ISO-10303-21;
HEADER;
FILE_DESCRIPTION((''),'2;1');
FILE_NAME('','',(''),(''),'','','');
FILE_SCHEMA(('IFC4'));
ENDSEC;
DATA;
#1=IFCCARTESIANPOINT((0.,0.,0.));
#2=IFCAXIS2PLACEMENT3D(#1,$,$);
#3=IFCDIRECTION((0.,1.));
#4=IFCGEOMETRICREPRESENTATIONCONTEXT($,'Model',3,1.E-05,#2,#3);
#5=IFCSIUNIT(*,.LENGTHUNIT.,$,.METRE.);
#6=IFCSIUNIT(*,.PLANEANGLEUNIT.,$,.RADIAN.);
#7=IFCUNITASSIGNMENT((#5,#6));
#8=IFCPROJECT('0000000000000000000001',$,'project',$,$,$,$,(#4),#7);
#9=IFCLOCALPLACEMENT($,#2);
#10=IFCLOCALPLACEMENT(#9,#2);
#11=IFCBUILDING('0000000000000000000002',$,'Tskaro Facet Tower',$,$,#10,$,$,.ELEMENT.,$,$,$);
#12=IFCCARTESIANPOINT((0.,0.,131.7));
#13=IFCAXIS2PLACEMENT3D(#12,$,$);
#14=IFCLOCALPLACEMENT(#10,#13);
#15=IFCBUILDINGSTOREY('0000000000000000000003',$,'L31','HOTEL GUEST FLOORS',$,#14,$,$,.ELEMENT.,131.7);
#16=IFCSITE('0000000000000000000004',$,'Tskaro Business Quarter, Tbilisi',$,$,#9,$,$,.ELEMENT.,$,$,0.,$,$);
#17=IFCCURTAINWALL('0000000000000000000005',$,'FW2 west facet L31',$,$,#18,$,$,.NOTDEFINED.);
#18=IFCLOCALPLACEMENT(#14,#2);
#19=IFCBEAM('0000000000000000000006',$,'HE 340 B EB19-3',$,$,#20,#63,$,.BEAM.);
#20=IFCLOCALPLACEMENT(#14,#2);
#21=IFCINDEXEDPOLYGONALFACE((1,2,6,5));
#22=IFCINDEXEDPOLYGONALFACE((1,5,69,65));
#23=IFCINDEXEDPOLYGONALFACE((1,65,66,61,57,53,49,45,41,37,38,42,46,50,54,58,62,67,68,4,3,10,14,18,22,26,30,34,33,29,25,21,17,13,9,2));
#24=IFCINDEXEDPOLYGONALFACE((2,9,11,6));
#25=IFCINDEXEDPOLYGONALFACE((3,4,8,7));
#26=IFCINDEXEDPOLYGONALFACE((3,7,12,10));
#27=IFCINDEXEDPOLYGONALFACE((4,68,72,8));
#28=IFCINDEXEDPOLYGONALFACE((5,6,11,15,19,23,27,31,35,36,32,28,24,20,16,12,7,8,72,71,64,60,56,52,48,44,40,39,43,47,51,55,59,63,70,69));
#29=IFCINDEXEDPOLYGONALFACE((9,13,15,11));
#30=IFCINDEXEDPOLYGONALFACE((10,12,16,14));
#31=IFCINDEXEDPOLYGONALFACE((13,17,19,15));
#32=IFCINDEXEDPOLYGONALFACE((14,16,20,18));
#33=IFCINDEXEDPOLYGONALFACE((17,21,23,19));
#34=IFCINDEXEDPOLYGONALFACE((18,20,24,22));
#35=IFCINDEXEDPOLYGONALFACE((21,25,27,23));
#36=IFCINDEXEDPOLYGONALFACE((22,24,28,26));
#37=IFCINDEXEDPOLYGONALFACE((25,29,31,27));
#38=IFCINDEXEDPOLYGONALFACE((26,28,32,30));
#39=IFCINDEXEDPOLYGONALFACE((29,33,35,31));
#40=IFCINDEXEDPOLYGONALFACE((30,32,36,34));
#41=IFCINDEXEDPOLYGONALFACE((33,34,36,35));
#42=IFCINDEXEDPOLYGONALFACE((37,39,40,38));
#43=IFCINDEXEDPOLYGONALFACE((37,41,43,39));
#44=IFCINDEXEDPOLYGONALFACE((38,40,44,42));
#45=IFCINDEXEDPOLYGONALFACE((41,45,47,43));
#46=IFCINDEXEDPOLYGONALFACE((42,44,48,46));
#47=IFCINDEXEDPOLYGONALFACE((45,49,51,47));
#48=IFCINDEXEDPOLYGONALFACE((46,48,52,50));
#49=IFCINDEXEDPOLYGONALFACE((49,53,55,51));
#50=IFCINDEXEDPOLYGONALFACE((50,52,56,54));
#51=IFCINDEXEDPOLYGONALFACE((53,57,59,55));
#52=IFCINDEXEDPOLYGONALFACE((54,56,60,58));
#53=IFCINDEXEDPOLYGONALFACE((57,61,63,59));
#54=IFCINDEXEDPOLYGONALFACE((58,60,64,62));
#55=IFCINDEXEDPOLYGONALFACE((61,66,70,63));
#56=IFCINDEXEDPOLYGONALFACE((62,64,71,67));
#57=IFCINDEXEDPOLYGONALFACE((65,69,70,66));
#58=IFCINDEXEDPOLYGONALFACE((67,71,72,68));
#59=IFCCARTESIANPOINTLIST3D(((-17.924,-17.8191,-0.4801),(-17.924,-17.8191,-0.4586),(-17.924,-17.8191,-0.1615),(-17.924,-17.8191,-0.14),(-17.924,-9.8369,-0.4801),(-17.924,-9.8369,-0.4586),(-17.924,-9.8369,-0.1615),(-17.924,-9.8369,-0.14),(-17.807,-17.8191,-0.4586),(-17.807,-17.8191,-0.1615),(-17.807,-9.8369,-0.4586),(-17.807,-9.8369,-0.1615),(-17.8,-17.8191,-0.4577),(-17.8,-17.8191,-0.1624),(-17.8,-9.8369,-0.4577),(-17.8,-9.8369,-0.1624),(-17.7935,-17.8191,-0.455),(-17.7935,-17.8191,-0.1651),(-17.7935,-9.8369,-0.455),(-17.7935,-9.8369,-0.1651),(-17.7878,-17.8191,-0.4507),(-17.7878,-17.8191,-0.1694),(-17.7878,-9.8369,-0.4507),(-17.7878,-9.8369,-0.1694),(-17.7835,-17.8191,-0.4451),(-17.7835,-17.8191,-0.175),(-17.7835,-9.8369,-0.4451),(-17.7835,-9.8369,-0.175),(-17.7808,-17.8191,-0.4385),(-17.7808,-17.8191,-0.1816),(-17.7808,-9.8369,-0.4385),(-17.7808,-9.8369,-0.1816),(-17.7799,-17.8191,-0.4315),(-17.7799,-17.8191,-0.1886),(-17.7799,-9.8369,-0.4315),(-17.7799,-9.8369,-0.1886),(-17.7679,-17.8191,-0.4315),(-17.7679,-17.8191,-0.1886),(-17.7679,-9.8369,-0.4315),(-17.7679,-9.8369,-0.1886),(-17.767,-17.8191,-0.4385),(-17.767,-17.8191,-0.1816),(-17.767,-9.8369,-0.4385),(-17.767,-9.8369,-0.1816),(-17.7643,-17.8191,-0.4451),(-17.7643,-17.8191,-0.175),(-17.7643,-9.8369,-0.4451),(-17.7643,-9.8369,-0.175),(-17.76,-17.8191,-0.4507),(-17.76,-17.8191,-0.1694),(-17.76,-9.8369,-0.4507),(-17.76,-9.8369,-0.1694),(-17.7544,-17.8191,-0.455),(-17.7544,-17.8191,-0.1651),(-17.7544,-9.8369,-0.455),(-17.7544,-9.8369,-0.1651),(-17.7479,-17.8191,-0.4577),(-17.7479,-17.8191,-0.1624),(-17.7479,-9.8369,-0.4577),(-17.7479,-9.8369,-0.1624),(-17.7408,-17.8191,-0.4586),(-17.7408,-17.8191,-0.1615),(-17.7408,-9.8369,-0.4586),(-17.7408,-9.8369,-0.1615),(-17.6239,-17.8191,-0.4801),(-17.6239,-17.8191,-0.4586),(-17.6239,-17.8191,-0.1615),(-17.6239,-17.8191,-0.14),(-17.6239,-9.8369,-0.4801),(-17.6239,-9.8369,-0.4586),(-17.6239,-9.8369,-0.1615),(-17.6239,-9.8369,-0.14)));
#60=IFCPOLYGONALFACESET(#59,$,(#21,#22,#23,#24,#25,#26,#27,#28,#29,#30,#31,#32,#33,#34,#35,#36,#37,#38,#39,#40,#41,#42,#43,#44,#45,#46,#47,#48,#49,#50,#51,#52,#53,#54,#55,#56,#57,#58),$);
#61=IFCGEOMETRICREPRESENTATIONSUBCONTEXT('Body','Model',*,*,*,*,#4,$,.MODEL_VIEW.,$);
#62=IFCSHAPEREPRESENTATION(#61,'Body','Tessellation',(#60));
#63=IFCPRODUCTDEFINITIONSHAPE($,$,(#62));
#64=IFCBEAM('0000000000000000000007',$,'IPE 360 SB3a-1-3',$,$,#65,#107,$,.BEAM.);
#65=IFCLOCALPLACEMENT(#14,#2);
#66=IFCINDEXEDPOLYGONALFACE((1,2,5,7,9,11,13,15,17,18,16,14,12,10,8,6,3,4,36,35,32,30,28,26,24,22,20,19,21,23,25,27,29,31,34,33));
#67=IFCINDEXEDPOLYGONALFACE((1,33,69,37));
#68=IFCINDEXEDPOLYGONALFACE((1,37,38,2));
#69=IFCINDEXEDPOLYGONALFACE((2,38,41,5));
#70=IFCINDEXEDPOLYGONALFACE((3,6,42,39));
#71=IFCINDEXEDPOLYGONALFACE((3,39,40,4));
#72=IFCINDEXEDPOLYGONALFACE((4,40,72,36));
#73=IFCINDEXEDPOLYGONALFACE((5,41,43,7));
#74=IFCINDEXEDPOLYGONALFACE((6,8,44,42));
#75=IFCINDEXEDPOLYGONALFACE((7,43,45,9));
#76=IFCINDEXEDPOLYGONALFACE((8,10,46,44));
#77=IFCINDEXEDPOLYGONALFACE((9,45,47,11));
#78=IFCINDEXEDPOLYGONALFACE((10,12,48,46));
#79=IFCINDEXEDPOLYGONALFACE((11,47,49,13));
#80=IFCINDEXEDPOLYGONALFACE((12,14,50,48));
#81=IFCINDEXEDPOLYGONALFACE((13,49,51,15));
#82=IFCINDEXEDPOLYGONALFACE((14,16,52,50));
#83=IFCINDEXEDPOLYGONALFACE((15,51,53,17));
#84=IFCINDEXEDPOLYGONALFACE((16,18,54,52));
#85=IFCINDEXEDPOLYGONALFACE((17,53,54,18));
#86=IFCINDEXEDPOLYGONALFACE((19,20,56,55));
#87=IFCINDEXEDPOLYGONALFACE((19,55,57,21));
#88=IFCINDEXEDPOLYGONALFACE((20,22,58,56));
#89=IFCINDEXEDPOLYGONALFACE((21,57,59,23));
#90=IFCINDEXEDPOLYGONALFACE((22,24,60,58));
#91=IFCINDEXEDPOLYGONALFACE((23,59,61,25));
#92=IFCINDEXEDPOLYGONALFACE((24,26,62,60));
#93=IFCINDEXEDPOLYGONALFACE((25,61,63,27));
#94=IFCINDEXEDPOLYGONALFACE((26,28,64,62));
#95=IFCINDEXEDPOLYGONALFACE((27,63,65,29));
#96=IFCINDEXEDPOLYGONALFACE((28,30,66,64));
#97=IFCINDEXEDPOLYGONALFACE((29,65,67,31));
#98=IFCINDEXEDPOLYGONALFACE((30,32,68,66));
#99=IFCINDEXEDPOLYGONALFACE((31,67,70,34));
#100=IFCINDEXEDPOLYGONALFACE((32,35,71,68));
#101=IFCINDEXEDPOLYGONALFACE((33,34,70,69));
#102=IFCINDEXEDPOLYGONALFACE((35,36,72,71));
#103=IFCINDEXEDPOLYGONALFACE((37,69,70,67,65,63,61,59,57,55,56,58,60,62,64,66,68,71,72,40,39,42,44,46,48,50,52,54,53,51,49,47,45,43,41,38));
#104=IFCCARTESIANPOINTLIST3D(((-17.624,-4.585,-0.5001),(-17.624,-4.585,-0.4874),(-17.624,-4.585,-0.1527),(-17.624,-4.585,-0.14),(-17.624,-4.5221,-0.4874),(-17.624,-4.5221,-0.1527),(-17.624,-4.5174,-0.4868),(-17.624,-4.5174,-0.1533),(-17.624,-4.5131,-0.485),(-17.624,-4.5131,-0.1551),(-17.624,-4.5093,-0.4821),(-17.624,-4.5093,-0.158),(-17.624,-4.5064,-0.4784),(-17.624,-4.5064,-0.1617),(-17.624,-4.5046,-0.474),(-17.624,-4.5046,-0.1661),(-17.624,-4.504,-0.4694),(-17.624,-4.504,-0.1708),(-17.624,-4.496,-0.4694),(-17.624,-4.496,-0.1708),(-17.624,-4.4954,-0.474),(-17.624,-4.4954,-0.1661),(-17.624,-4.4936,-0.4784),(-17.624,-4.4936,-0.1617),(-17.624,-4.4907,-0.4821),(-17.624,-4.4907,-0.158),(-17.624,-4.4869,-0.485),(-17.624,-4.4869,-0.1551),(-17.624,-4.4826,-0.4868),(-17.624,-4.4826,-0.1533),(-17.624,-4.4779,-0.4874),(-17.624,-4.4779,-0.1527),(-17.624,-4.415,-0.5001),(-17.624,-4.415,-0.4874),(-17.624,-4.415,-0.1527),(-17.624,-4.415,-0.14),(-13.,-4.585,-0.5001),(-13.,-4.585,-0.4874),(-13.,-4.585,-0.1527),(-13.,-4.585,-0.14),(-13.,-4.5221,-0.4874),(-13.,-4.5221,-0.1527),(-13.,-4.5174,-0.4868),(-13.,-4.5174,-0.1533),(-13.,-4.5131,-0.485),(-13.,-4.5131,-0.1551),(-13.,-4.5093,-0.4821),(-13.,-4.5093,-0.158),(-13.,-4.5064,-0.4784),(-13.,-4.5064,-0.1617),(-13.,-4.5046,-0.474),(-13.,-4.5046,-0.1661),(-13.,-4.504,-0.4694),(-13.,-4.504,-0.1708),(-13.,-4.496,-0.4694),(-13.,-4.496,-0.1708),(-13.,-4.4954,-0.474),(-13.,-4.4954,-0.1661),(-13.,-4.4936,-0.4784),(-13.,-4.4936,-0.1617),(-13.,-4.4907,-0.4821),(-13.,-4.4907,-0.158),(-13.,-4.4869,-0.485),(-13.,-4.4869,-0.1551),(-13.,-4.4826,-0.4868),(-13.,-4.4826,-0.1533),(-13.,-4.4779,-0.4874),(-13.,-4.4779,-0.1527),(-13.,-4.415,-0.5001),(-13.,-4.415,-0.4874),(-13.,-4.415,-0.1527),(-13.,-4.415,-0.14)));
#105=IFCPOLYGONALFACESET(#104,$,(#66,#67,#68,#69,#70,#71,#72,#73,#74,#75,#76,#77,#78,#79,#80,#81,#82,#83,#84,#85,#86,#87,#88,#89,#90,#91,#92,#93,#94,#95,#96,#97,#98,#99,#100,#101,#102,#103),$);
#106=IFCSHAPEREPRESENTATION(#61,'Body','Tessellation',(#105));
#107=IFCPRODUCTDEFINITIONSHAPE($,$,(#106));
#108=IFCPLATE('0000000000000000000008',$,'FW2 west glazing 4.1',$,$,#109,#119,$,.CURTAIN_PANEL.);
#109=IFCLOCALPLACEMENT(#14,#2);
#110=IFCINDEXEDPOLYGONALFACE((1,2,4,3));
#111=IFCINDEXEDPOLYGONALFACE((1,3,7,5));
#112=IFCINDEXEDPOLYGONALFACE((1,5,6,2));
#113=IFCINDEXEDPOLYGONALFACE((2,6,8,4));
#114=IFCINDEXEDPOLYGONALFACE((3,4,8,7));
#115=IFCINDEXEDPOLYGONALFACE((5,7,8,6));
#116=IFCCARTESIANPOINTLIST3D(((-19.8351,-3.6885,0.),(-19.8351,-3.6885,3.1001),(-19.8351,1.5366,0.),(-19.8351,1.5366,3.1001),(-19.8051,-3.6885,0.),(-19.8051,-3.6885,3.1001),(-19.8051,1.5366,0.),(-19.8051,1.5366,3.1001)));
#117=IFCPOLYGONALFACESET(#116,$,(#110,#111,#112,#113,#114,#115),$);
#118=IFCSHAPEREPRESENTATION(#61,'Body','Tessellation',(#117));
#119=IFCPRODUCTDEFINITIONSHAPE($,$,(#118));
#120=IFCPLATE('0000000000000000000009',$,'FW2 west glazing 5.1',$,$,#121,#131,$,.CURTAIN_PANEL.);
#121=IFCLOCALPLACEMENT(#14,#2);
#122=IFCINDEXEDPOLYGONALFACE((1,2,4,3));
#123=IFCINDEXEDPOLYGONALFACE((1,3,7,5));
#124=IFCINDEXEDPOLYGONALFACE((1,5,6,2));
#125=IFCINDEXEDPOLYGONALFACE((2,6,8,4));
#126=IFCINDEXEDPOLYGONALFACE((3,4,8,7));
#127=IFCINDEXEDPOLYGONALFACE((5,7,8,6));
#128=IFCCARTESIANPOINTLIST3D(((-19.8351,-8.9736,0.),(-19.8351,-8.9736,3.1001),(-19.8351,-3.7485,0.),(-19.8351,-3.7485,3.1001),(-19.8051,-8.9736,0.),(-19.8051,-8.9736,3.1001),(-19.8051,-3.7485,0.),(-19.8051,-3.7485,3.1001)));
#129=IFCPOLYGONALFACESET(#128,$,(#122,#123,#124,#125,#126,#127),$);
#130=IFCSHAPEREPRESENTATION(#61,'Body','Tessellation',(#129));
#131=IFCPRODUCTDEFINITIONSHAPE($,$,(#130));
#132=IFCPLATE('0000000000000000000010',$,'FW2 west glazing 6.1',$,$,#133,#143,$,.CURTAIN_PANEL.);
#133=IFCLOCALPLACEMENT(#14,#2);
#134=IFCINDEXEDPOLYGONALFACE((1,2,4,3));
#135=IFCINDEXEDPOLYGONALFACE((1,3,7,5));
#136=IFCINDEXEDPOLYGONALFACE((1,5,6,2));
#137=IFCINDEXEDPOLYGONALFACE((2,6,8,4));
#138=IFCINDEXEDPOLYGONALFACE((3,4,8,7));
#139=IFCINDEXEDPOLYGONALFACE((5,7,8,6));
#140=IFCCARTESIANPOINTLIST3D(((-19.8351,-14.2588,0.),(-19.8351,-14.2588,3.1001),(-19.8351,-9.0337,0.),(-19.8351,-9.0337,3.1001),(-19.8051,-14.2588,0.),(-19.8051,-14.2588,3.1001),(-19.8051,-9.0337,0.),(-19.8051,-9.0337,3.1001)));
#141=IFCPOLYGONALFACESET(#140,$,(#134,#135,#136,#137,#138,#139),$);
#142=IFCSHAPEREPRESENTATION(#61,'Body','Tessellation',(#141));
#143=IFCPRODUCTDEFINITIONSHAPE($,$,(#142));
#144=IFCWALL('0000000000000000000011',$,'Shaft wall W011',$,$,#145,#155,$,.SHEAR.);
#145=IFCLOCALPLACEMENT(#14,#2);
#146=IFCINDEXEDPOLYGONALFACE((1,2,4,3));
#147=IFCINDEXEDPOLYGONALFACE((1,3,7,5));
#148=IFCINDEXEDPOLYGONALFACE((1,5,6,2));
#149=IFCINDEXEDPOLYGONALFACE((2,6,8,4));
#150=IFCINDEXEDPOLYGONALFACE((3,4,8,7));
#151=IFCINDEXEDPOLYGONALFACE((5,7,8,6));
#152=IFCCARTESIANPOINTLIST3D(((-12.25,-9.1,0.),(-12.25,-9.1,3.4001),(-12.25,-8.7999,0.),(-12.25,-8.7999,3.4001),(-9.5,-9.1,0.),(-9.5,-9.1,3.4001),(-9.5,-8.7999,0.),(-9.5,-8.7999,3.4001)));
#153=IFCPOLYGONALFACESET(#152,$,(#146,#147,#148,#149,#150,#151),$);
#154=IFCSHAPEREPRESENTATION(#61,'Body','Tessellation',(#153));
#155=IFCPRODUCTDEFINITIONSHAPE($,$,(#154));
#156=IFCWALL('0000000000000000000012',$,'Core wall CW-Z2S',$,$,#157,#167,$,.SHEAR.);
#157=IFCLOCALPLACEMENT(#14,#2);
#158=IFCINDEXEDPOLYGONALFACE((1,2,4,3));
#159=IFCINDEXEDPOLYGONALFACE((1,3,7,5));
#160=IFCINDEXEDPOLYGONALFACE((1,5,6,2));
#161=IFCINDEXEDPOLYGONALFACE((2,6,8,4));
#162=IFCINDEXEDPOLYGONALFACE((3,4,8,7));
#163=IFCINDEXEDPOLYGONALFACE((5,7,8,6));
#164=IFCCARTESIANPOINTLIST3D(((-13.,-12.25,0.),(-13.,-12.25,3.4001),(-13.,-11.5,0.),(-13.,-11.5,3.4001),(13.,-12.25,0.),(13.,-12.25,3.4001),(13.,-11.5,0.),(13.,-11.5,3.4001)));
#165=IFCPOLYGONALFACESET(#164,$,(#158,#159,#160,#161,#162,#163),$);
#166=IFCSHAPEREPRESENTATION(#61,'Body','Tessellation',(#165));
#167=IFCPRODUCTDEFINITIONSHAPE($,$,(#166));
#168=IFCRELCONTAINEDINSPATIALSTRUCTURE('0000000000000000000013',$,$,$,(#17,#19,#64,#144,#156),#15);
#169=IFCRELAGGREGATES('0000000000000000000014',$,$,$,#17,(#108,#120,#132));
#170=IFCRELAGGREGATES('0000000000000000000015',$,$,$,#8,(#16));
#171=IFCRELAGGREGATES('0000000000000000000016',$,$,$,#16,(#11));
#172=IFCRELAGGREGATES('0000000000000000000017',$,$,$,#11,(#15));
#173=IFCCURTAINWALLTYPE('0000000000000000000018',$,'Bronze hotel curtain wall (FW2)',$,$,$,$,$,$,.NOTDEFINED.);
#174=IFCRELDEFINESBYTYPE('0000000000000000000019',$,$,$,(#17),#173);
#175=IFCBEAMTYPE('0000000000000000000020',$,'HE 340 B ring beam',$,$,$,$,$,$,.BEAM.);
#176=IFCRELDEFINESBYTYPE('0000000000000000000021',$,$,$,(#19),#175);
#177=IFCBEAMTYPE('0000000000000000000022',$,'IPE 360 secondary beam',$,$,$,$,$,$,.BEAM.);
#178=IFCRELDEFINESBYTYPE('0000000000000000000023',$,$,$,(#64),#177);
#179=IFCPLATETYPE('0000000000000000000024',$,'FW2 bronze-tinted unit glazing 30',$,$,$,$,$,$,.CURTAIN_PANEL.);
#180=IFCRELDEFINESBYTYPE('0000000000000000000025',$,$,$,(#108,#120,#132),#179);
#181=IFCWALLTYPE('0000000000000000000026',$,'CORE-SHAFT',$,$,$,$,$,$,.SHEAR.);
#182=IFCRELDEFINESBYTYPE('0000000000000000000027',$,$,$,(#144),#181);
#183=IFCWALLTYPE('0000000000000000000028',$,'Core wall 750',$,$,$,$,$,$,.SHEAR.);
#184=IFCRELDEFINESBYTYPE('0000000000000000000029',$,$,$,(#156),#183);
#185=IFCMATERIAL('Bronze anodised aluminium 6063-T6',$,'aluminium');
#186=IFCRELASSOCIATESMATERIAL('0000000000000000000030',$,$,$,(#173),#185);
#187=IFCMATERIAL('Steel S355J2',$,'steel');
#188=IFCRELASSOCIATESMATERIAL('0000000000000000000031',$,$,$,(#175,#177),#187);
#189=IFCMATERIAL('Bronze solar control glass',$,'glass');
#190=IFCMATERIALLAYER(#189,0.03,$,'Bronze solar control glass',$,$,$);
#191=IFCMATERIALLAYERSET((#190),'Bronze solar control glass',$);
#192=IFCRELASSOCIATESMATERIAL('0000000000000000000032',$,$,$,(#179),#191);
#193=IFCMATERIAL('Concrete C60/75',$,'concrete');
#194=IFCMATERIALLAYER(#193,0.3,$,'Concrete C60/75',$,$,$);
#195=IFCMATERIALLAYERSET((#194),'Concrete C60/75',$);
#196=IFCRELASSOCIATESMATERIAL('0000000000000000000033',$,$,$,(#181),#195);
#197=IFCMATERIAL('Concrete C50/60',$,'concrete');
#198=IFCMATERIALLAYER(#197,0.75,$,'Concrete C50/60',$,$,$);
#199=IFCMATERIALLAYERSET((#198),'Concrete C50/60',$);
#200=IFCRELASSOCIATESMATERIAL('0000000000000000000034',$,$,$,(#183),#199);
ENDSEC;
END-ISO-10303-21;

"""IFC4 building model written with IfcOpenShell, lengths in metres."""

from ifc_helpers import new_model, si_unit, direction, frame, frame_2d, origin, origin_2d, place, context, subcontext, project, spatial, rectangle, i_section, extrude, material, layer, layer_set, material_profile, profile_set, type_object, element, aggregate, save


model = new_model("IFC4")

# Units and contexts
model_context = context("Model", 3, precision=1e-05, world=origin(), true_north=direction((0.0, 1.0)))
body_context = subcontext(model_context, "Body", "Model", "MODEL_VIEW")
ifc_project = project(units=[si_unit("LENGTHUNIT", "METRE"), si_unit("PLANEANGLEUNIT", "RADIAN")], contexts=[model_context])

# Site, building, storey
site_placement = place(None, origin())
site = spatial("IfcSite", under=ifc_project, at=site_placement, Name="Tskaro Business Quarter, Tbilisi", CompositionType="ELEMENT", RefElevation=0.0)
building_placement = place(site_placement, origin())
building = spatial("IfcBuilding", under=site, at=building_placement, Name="Tskaro Facet Tower", CompositionType="ELEMENT")
storey_placement = place(building_placement, frame((0.0, 0.0, 131.7)))
storey = spatial("IfcBuildingStorey", under=building, at=storey_placement, Name="L31", Description="HOTEL GUEST FLOORS", CompositionType="ELEMENT", Elevation=131.7)

# Curtain wall
ifc_material_1 = material(Name="Bronze anodised aluminium 6063-T6", Category="aluminium")
curtain_wall_type = type_object("IfcCurtainWallType", Name="Bronze hotel curtain wall (FW2)", PredefinedType="NOTDEFINED", material=ifc_material_1)
curtain_wall_placement = place(storey_placement, origin())
curtain_wall = element("IfcCurtainWall", 1, at=curtain_wall_placement, inside=storey, type_object=curtain_wall_type, Name="FW2 west facet L31", PredefinedType="NOTDEFINED")

# Beams
ifc_material_2 = material(Name="Steel S355J2", Category="steel")
ifc_material_profile_1 = material_profile(ifc_material_2, i_section(OverallWidth=0.3, OverallDepth=0.3401, WebThickness=0.012, FlangeThickness=0.0215, FilletRadius=0.0271, at=origin_2d()), Name="HE 340 B")
ifc_profile_set_1 = profile_set([ifc_material_profile_1], Name="Steel S355J2")
beam_type_1 = type_object("IfcBeamType", Name="HE 340 B ring beam", PredefinedType="BEAM", material=ifc_profile_set_1)
beam_1_placement = place(storey_placement, frame((-17.7739, -9.8369, -0.3101), z_axis=(0.0, -1.0, 0.0), x_axis=(1.0, 0.0, 0.0)))
element("IfcBeam", 2, at=beam_1_placement, inside=storey, type_object=beam_type_1, Name="HE 340 B EB19-3", PredefinedType="BEAM", context=body_context, shape_type="SweptSolid", body=[
    extrude(i_section(OverallWidth=0.3, OverallDepth=0.3401, WebThickness=0.012, FlangeThickness=0.0215, FilletRadius=0.0271, at=origin_2d()), origin(), (0.0, 0.0, 1.0), 7.9822),
])
ifc_material_profile_2 = material_profile(ifc_material_2, i_section(OverallWidth=0.1699, OverallDepth=0.3601, WebThickness=0.0081, FlangeThickness=0.0127, FilletRadius=0.0181, at=origin_2d()), Name="IPE 360")
ifc_profile_set_2 = profile_set([ifc_material_profile_2], Name="Steel S355J2")
beam_type_2 = type_object("IfcBeamType", Name="IPE 360 secondary beam", PredefinedType="BEAM", material=ifc_profile_set_2)
beam_2_placement = place(storey_placement, frame((-17.624, -4.5, -0.3201), z_axis=(1.0, 0.0, 0.0), x_axis=(0.0, 1.0, 0.0)))
element("IfcBeam", 3, at=beam_2_placement, inside=storey, type_object=beam_type_2, Name="IPE 360 SB3a-1-3", PredefinedType="BEAM", context=body_context, shape_type="SweptSolid", body=[
    extrude(i_section(OverallWidth=0.1699, OverallDepth=0.3601, WebThickness=0.0081, FlangeThickness=0.0127, FilletRadius=0.0181, at=origin_2d()), origin(), (0.0, 0.0, 1.0), 4.624),
])

# Plates
ifc_material_3 = material(Name="Bronze solar control glass", Category="glass")
ifc_layer_1 = layer(ifc_material_3, 0.03, Name="Bronze solar control glass")
ifc_layer_set_1 = layer_set([ifc_layer_1], Name="Bronze solar control glass")
plate_type = type_object("IfcPlateType", Name="FW2 bronze-tinted unit glazing 30", PredefinedType="CURTAIN_PANEL", material=ifc_layer_set_1)
plate_1_placement = place(storey_placement, frame((-19.8201, -1.0759, 0.0), z_axis=(0.0, 0.0, 1.0), x_axis=(0.0, -1.0, 0.0)))
plate_1 = element("IfcPlate", 4, at=plate_1_placement, type_object=plate_type, Name="FW2 west glazing 4.1", PredefinedType="CURTAIN_PANEL", context=body_context, shape_type="SweptSolid", body=[
    extrude(rectangle(XDim=5.2251, YDim=0.03, at=origin_2d()), origin(), (0.0, 0.0, 1.0), 3.1001),
])
plate_2_placement = place(storey_placement, frame((-19.8201, -6.3611, 0.0), z_axis=(0.0, 0.0, 1.0), x_axis=(0.0, -1.0, 0.0)))
plate_2 = element("IfcPlate", 5, at=plate_2_placement, type_object=plate_type, Name="FW2 west glazing 5.1", PredefinedType="CURTAIN_PANEL", context=body_context, shape_type="SweptSolid", body=[
    extrude(rectangle(XDim=5.2251, YDim=0.03, at=origin_2d()), origin(), (0.0, 0.0, 1.0), 3.1001),
])
plate_3_placement = place(storey_placement, frame((-19.8201, -11.6462, 0.0), z_axis=(0.0, 0.0, 1.0), x_axis=(0.0, -1.0, 0.0)))
plate_3 = element("IfcPlate", 6, at=plate_3_placement, type_object=plate_type, Name="FW2 west glazing 6.1", PredefinedType="CURTAIN_PANEL", context=body_context, shape_type="SweptSolid", body=[
    extrude(rectangle(XDim=5.2251, YDim=0.03, at=origin_2d()), origin(), (0.0, 0.0, 1.0), 3.1001),
])
aggregate(curtain_wall, [plate_1, plate_2, plate_3])

# Walls
ifc_material_4 = material(Name="Concrete C60/75", Category="concrete")
ifc_layer_2 = layer(ifc_material_4, 0.3, Name="Concrete C60/75")
ifc_layer_set_2 = layer_set([ifc_layer_2], Name="Concrete C60/75")
wall_type_1 = type_object("IfcWallType", Name="CORE-SHAFT", PredefinedType="SHEAR", material=ifc_layer_set_2)
wall_1_placement = place(storey_placement, frame((-12.25, -8.95, 0.0), z_axis=(0.0, 0.0, 1.0), x_axis=(1.0, 0.0, 0.0)))
element("IfcWall", 7, at=wall_1_placement, inside=storey, type_object=wall_type_1, Name="Shaft wall W011", PredefinedType="SHEAR", context=body_context, shape_type="SweptSolid", body=[
    extrude(rectangle(XDim=2.75, YDim=0.3, at=frame_2d((1.375, 0.0))), origin(), (0.0, 0.0, 1.0), 3.4001),
])
ifc_material_5 = material(Name="Concrete C50/60", Category="concrete")
ifc_layer_3 = layer(ifc_material_5, 0.75, Name="Concrete C50/60")
ifc_layer_set_3 = layer_set([ifc_layer_3], Name="Concrete C50/60")
wall_type_2 = type_object("IfcWallType", Name="Core wall 750", PredefinedType="SHEAR", material=ifc_layer_set_3)
wall_2_placement = place(storey_placement, frame((-13.0, -11.875, 0.0), z_axis=(0.0, 0.0, 1.0), x_axis=(1.0, 0.0, 0.0)))
element("IfcWall", 8, at=wall_2_placement, inside=storey, type_object=wall_type_2, Name="Core wall CW-Z2S", PredefinedType="SHEAR", context=body_context, shape_type="SweptSolid", body=[
    extrude(rectangle(XDim=26.0, YDim=0.75, at=frame_2d((13.0, 0.0))), origin(), (0.0, 0.0, 1.0), 3.4001),
])

save(model, "model.ifc")
